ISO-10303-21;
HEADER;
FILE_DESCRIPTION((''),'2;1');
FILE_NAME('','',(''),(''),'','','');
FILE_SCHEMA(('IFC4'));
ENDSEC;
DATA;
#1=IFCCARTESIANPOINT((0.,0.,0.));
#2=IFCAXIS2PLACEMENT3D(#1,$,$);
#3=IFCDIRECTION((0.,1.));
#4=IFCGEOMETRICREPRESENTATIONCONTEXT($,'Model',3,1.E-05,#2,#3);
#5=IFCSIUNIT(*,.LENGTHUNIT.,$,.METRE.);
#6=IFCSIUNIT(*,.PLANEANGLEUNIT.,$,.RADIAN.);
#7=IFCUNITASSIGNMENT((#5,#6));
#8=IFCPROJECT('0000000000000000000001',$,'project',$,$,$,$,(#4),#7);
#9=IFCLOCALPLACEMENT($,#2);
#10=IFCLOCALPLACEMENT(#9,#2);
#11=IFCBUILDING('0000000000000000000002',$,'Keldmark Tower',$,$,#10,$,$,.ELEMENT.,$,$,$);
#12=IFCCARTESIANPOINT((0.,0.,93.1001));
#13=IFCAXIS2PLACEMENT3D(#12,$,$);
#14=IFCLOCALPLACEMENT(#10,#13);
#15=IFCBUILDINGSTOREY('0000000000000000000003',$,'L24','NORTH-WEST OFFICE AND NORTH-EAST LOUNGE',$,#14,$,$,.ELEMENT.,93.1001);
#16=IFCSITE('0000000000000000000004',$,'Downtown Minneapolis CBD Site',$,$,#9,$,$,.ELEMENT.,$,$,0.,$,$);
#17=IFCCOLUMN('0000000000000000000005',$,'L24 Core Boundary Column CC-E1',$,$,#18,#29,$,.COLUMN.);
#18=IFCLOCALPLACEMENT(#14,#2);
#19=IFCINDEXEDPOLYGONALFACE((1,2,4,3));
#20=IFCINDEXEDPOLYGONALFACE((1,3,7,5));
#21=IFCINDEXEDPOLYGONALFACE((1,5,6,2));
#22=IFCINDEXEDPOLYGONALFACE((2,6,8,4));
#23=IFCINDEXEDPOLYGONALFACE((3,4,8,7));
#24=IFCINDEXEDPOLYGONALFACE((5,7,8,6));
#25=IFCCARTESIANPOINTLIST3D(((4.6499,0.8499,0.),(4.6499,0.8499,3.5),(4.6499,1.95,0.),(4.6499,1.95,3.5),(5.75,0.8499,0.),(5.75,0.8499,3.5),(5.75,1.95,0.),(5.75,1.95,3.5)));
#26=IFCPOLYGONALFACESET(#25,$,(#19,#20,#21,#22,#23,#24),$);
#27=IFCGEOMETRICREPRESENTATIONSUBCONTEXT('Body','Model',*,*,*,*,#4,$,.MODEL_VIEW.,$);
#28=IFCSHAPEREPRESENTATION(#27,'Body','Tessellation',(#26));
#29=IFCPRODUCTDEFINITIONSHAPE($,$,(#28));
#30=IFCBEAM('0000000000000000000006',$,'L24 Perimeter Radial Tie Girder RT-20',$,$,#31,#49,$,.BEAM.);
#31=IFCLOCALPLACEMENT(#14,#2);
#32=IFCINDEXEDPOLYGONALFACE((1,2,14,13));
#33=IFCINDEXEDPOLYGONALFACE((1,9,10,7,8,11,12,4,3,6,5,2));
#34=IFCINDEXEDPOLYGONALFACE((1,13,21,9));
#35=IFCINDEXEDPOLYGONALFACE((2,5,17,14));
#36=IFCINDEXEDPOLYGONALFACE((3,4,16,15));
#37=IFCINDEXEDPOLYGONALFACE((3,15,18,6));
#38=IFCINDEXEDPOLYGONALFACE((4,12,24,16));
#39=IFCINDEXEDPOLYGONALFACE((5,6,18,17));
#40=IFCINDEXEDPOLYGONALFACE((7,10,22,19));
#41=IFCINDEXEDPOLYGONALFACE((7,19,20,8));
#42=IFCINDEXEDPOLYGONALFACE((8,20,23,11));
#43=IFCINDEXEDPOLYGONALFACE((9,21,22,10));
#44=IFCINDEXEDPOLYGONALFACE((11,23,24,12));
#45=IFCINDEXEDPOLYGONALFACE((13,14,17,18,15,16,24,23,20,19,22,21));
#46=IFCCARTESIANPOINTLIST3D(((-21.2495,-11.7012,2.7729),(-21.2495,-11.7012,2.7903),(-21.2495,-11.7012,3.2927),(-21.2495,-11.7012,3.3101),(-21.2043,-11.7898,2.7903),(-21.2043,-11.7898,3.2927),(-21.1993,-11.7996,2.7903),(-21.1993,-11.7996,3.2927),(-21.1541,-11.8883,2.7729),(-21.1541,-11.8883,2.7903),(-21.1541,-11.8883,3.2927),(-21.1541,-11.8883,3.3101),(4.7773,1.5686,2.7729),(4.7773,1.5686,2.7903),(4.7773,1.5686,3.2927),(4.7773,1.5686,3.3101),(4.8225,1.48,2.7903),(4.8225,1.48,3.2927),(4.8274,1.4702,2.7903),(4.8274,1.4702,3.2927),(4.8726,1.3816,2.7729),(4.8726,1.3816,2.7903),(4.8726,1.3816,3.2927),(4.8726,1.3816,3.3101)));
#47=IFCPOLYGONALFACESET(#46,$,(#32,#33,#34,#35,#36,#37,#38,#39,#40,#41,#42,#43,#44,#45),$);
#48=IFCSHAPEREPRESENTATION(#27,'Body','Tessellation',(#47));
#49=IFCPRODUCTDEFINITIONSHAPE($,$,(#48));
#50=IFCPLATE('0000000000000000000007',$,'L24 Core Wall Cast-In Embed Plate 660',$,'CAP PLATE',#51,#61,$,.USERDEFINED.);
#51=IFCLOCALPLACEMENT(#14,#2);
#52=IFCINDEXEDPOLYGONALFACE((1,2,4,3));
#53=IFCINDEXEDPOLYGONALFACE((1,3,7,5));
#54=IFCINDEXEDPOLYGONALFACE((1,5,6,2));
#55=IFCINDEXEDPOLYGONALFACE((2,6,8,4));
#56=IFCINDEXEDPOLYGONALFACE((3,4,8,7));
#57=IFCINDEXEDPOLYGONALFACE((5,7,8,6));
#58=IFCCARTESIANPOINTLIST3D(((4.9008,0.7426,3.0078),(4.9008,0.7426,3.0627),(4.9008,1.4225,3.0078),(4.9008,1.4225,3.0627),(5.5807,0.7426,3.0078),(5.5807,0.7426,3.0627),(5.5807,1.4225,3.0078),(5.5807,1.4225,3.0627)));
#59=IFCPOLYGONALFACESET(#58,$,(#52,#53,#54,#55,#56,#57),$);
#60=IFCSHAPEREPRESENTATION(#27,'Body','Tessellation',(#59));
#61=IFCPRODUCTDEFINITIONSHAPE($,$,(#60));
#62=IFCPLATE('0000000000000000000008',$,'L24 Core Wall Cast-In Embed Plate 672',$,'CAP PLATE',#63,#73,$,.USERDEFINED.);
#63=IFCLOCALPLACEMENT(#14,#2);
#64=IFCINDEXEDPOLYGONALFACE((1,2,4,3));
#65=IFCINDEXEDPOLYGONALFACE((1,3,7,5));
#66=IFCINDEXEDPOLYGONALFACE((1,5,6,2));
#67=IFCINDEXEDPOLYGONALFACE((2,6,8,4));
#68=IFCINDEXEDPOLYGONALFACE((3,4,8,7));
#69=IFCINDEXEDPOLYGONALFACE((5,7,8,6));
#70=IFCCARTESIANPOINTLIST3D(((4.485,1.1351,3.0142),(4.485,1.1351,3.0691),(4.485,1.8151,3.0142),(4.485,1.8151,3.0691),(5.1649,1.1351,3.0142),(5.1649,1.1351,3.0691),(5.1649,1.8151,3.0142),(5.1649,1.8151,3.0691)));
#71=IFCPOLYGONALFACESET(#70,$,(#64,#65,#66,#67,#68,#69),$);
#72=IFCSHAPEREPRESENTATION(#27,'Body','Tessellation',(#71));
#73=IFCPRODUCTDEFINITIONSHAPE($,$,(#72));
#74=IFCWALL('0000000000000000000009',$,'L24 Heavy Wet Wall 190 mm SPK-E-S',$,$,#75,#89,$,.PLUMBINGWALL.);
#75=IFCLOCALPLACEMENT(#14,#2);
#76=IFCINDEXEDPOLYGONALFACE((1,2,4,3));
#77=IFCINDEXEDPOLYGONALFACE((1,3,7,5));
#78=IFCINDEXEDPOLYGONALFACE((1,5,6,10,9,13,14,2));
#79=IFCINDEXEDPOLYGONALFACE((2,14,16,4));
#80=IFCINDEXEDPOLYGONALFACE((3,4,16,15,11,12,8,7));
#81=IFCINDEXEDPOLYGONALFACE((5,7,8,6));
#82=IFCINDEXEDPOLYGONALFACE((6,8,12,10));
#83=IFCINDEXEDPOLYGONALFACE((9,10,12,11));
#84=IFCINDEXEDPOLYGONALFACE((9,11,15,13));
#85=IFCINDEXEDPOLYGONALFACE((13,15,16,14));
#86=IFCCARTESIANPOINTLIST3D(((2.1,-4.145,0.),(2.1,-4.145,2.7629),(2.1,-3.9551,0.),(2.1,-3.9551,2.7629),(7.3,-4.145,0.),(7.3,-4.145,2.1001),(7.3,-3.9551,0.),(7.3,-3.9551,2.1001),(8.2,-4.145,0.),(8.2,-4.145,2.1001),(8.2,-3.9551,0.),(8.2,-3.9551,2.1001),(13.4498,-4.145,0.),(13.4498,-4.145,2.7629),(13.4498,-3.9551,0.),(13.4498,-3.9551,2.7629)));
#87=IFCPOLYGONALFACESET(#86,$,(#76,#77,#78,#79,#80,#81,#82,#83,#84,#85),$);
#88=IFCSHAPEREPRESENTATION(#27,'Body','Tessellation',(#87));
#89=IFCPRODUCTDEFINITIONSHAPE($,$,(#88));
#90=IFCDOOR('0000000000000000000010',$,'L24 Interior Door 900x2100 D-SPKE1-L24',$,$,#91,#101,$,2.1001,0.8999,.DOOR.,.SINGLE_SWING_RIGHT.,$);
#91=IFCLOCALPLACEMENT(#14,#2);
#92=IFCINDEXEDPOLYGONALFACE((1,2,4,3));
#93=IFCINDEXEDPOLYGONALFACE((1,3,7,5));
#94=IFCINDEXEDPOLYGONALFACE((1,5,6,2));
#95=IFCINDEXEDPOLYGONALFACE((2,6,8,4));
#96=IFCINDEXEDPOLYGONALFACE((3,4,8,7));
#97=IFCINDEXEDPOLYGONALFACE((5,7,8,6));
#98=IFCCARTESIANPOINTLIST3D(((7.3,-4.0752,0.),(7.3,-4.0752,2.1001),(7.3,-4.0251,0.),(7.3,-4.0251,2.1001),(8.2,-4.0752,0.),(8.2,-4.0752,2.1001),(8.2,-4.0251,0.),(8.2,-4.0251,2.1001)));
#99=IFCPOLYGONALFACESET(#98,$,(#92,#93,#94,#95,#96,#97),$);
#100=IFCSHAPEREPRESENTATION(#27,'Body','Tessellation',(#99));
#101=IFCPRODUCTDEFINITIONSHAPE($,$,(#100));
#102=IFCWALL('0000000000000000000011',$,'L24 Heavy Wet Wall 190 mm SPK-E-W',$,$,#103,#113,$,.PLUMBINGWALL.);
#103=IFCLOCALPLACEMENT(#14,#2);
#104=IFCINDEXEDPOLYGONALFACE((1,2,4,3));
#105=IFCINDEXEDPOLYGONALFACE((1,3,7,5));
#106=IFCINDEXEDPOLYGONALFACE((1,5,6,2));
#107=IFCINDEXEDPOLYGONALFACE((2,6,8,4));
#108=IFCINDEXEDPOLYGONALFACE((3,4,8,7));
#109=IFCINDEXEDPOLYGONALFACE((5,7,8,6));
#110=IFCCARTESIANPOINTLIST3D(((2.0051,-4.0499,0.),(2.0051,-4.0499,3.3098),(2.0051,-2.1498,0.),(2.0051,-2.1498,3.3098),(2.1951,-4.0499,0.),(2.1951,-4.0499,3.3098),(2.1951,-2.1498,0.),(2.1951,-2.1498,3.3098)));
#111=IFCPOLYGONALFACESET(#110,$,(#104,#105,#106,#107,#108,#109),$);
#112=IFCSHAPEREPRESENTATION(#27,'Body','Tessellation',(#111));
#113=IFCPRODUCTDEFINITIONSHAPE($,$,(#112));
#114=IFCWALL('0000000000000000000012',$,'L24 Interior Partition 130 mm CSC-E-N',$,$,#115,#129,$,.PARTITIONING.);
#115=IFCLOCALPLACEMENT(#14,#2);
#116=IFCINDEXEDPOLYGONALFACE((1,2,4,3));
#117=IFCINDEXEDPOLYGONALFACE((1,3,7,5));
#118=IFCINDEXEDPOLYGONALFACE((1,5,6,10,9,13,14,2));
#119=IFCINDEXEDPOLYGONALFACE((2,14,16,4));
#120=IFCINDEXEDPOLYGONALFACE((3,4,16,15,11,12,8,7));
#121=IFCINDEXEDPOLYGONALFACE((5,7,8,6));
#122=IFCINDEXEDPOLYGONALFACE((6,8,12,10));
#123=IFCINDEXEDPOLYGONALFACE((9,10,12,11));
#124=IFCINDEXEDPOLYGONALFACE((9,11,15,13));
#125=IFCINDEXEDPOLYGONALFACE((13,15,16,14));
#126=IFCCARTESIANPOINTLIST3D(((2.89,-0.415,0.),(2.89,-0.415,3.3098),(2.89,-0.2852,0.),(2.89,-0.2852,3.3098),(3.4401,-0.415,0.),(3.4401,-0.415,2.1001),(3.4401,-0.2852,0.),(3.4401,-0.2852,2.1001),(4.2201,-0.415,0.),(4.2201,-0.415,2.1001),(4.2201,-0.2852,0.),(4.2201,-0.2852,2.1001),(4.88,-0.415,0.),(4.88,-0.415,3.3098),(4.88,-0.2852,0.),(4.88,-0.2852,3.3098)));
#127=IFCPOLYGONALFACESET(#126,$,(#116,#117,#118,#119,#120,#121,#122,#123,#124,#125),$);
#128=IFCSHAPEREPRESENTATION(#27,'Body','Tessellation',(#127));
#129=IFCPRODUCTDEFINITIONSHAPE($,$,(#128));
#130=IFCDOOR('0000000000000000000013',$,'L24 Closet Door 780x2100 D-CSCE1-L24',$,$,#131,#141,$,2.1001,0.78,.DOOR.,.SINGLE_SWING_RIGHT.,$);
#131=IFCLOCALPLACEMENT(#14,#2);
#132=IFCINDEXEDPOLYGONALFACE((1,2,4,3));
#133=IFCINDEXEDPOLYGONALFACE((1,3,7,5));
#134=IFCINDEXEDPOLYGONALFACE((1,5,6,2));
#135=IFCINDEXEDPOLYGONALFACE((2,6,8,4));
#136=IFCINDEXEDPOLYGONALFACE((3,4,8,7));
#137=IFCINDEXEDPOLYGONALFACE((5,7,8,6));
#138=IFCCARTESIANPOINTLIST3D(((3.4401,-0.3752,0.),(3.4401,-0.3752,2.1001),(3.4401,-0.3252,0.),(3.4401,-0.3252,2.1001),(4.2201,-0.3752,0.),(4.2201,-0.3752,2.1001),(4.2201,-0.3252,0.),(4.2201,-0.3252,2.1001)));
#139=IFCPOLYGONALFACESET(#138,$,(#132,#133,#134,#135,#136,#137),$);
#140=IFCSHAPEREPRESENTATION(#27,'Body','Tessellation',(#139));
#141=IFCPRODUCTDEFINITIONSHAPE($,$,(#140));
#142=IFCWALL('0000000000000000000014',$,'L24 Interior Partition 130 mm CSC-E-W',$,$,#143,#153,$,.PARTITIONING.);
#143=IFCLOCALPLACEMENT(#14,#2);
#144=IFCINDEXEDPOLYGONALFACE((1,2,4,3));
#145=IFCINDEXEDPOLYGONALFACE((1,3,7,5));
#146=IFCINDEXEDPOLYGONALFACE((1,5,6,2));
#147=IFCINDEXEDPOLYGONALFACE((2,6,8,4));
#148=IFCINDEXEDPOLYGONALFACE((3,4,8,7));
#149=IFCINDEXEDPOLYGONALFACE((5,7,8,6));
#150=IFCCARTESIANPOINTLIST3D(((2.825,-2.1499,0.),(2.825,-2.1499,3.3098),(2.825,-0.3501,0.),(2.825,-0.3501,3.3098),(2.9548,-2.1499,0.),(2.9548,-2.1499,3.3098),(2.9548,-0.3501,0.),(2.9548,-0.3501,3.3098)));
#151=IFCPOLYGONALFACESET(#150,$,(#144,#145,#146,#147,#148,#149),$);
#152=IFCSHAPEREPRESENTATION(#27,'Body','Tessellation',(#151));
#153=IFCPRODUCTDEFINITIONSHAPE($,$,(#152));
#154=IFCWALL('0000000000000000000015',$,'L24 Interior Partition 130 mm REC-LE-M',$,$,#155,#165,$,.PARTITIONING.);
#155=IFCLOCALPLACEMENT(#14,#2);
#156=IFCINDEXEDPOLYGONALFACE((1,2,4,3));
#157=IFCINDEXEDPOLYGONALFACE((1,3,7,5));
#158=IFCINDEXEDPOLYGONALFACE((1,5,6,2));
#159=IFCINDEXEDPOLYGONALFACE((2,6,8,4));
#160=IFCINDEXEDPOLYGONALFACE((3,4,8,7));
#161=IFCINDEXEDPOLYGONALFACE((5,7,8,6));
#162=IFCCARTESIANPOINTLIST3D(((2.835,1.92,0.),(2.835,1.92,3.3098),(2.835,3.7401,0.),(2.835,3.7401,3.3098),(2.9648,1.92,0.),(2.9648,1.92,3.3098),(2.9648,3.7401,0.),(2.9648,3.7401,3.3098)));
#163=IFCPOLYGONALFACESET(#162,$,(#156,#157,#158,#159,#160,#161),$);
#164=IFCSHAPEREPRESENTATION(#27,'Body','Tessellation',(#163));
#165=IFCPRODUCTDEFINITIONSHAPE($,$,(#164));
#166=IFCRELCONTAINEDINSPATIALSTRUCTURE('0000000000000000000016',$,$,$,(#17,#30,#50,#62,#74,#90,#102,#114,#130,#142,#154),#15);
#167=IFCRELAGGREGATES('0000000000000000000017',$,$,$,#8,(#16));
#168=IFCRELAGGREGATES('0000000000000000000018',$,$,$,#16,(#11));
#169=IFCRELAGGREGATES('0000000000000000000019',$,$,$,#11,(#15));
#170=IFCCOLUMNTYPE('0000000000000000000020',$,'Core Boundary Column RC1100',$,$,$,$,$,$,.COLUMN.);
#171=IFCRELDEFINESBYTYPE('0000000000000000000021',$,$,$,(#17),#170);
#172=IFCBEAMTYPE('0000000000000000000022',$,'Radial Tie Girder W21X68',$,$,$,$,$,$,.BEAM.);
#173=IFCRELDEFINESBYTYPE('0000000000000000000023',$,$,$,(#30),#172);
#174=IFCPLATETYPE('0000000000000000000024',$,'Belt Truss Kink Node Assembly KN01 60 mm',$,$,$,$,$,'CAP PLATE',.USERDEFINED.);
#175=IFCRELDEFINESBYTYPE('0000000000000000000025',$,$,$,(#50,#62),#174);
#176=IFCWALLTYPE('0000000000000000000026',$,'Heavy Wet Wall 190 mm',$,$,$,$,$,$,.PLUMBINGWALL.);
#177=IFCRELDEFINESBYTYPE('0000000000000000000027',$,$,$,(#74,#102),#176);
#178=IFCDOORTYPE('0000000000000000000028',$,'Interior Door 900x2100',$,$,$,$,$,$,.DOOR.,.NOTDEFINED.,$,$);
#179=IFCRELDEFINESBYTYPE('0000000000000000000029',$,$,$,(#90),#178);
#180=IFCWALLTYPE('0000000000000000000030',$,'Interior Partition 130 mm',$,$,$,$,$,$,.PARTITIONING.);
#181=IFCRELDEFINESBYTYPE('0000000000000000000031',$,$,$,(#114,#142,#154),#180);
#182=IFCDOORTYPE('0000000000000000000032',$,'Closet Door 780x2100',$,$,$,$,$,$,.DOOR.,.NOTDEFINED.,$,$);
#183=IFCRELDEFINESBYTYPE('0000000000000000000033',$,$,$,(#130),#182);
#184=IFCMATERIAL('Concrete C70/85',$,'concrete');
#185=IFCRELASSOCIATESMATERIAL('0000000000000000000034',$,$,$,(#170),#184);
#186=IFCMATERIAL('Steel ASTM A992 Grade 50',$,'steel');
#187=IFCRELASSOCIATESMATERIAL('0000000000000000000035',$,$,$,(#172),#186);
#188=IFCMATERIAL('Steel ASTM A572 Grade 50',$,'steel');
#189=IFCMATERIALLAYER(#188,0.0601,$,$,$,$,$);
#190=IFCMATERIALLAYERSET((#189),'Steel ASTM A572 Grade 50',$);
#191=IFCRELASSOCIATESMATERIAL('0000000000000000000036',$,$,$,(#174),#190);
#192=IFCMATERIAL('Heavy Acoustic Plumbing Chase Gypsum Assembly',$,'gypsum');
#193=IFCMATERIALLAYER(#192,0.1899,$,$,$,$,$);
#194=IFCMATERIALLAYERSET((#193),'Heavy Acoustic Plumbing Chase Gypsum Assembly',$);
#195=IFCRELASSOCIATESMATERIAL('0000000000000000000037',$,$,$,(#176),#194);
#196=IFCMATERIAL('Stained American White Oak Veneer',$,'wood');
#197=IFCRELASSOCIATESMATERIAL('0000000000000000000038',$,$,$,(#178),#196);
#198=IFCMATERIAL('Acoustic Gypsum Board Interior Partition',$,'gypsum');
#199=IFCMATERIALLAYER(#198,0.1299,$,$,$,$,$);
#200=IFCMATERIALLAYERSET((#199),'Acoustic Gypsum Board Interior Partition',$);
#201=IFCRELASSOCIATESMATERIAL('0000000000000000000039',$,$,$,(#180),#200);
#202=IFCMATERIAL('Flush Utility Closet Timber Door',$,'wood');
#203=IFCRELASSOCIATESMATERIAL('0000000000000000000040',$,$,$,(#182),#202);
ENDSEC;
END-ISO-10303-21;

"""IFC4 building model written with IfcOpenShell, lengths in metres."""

from ifc_helpers import new_model, si_unit, direction, frame, frame_2d, origin, origin_2d, place, context, subcontext, project, spatial, rectangle, i_section, extrude, material, layer, layer_set, material_profile, profile_set, type_object, element, fill, save


model = new_model("IFC4")

# Units and contexts
model_context = context("Model", 3, precision=1e-05, world=origin(), true_north=direction((0.0, 1.0)))
body_context = subcontext(model_context, "Body", "Model", "MODEL_VIEW")
ifc_project = project(units=[si_unit("LENGTHUNIT", "METRE"), si_unit("PLANEANGLEUNIT", "RADIAN")], contexts=[model_context])

# Site, building, storey
site_placement = place(None, origin())
site = spatial("IfcSite", under=ifc_project, at=site_placement, Name="Downtown Minneapolis CBD Site", CompositionType="ELEMENT", RefElevation=0.0)
building_placement = place(site_placement, origin())
building = spatial("IfcBuilding", under=site, at=building_placement, Name="Keldmark Tower", CompositionType="ELEMENT")
storey_placement = place(building_placement, frame((0.0, 0.0, 93.1001)))
storey = spatial("IfcBuildingStorey", under=building, at=storey_placement, Name="L24", Description="NORTH-WEST OFFICE AND NORTH-EAST LOUNGE", CompositionType="ELEMENT", Elevation=93.1001)

# Column
ifc_material_1 = material(Name="Concrete C70/85", Category="concrete")
ifc_material_profile_1 = material_profile(ifc_material_1, rectangle(XDim=1.1001, YDim=1.1001, at=origin_2d()), Name="RC1100X1100")
ifc_profile_set_1 = profile_set([ifc_material_profile_1], Name="Concrete C70/85")
column_type = type_object("IfcColumnType", Name="Core Boundary Column RC1100", PredefinedType="COLUMN", material=ifc_profile_set_1)
column_placement = place(storey_placement, frame((5.2, 1.3999, 0.0), z_axis=(0.0, 0.0, 1.0), x_axis=(1.0, 0.0, 0.0)))
element("IfcColumn", 1, at=column_placement, inside=storey, type_object=column_type, Name="L24 Core Boundary Column CC-E1", PredefinedType="COLUMN", context=body_context, shape_type="SweptSolid", body=[
    extrude(rectangle(XDim=1.1001, YDim=1.1001, at=origin_2d()), origin(), (0.0, 0.0, 1.0), 3.5),
])

# Beam
ifc_material_2 = material(Name="Steel ASTM A992 Grade 50", Category="steel")
ifc_material_profile_2 = material_profile(ifc_material_2, i_section(OverallWidth=0.21, OverallDepth=0.5371, WebThickness=0.011, FlangeThickness=0.0173, at=origin_2d()), Name="W21X68")
ifc_profile_set_2 = profile_set([ifc_material_profile_2], Name="Steel ASTM A992 Grade 50")
beam_type = type_object("IfcBeamType", Name="Radial Tie Girder W21X68", PredefinedType="BEAM", material=ifc_profile_set_2)
beam_placement = place(storey_placement, frame((4.825, 1.4751, 3.0415), z_axis=(-0.890888, -0.454223, 0.0), x_axis=(0.454223, -0.890888, 0.0)))
element("IfcBeam", 2, at=beam_placement, inside=storey, type_object=beam_type, Name="L24 Perimeter Radial Tie Girder RT-20", PredefinedType="BEAM", context=body_context, shape_type="SweptSolid", body=[
    extrude(i_section(OverallWidth=0.21, OverallDepth=0.5371, WebThickness=0.011, FlangeThickness=0.0173, at=origin_2d()), origin(), (0.0, 0.0, 1.0), 29.2144),
])

# Plates
ifc_material_3 = material(Name="Steel ASTM A572 Grade 50", Category="steel")
ifc_layer_1 = layer(ifc_material_3, 0.0601)
ifc_layer_set_1 = layer_set([ifc_layer_1], Name="Steel ASTM A572 Grade 50")
plate_type = type_object("IfcPlateType", Name="Belt Truss Kink Node Assembly KN01 60 mm", ElementType="CAP PLATE", PredefinedType="USERDEFINED", material=ifc_layer_set_1)
for number, where, z_axis, x_axis, name in (
    (3, (5.2407, 1.0825, 3.0078), (0.0, 0.0, 1.0), (1.0, 0.0, 0.0), "L24 Core Wall Cast-In Embed Plate 660"),
    (4, (4.825, 1.4751, 3.0142), (0.0, 0.0, 1.0), (1.0, 0.0, 0.0), "L24 Core Wall Cast-In Embed Plate 672"),
):
    element("IfcPlate", number, at=place(storey_placement, frame(where, z_axis=z_axis, x_axis=x_axis)), inside=storey, type_object=plate_type, Name=name, ObjectType="CAP PLATE", PredefinedType="USERDEFINED", context=body_context, shape_type="SweptSolid", body=[
        extrude(rectangle(XDim=0.6799, YDim=0.6799, at=origin_2d()), origin(), (0.0, 0.0, 1.0), 0.0549),
    ])

# Wall, opening, door
ifc_material_4 = material(Name="Heavy Acoustic Plumbing Chase Gypsum Assembly", Category="gypsum")
ifc_layer_2 = layer(ifc_material_4, 0.1899)
ifc_layer_set_2 = layer_set([ifc_layer_2], Name="Heavy Acoustic Plumbing Chase Gypsum Assembly")
wall_type_1 = type_object("IfcWallType", Name="Heavy Wet Wall 190 mm", PredefinedType="PLUMBINGWALL", material=ifc_layer_set_2)
wall_1_placement = place(storey_placement, frame((2.1001, -4.05, 0.0), z_axis=(0.0, 0.0, 1.0), x_axis=(1.0, 0.0, 0.0)))
wall_1 = element("IfcWall", 5, at=wall_1_placement, inside=storey, type_object=wall_type_1, Name="L24 Heavy Wet Wall 190 mm SPK-E-S", PredefinedType="PLUMBINGWALL", context=body_context, shape_type="SweptSolid", body=[
    extrude(rectangle(XDim=11.3499, YDim=0.1899, at=frame_2d((5.6748, 0.0))), origin(), (0.0, 0.0, 1.0), 2.7629),
])
opening_1_placement = place(wall_1_placement, frame((5.2, 0.0, 0.0)))
opening_1 = element("IfcOpeningElement", 6, at=opening_1_placement, cuts=wall_1, PredefinedType="OPENING", context=body_context, shape_type="SweptSolid", body=[
    extrude(rectangle(XDim=0.8999, YDim=2.1001, at=frame_2d((0.45, 1.05))), frame((0.0, 0.105, 0.0), z_axis=(0.0, -1.0, 0.0), x_axis=(1.0, 0.0, 0.0)), (0.0, 0.0, 1.0), 0.21),
])
ifc_material_5 = material(Name="Stained American White Oak Veneer", Category="wood")
door_type_1 = type_object("IfcDoorType", Name="Interior Door 900x2100", OperationType="NOTDEFINED", PredefinedType="DOOR", material=ifc_material_5)
door_1_placement = place(opening_1_placement, origin())
door_1 = element("IfcDoor", 7, at=door_1_placement, inside=storey, type_object=door_type_1, Name="L24 Interior Door 900x2100 D-SPKE1-L24", OperationType="SINGLE_SWING_RIGHT", OverallHeight=2.1001, OverallWidth=0.8999, PredefinedType="DOOR", context=body_context, shape_type="SweptSolid", body=[
    extrude(rectangle(XDim=0.8999, YDim=2.1001, at=frame_2d((0.45, 1.05))), frame((0.0, 0.0249, 0.0), z_axis=(0.0, -1.0, 0.0), x_axis=(1.0, 0.0, 0.0)), (0.0, 0.0, 1.0), 0.05),
])
fill(opening_1, door_1)

# Wall
wall_2_placement = place(storey_placement, frame((2.1001, -4.05, 0.0), z_axis=(0.0, 0.0, 1.0), x_axis=(0.0, 1.0, 0.0)))
element("IfcWall", 8, at=wall_2_placement, inside=storey, type_object=wall_type_1, Name="L24 Heavy Wet Wall 190 mm SPK-E-W", PredefinedType="PLUMBINGWALL", context=body_context, shape_type="SweptSolid", body=[
    extrude(rectangle(XDim=1.9001, YDim=0.1899, at=frame_2d((0.9502, 0.0))), origin(), (0.0, 0.0, 1.0), 3.3098),
])

# Wall, opening, door
ifc_material_6 = material(Name="Acoustic Gypsum Board Interior Partition", Category="gypsum")
ifc_layer_3 = layer(ifc_material_6, 0.1299)
ifc_layer_set_3 = layer_set([ifc_layer_3], Name="Acoustic Gypsum Board Interior Partition")
wall_type_2 = type_object("IfcWallType", Name="Interior Partition 130 mm", PredefinedType="PARTITIONING", material=ifc_layer_set_3)
wall_3_placement = place(storey_placement, frame((2.8899, -0.3501, 0.0), z_axis=(0.0, 0.0, 1.0), x_axis=(1.0, 0.0, 0.0)))
wall_3 = element("IfcWall", 9, at=wall_3_placement, inside=storey, type_object=wall_type_2, Name="L24 Interior Partition 130 mm CSC-E-N", PredefinedType="PARTITIONING", context=body_context, shape_type="SweptSolid", body=[
    extrude(rectangle(XDim=1.99, YDim=0.1299, at=frame_2d((0.9951, 0.0))), origin(), (0.0, 0.0, 1.0), 3.3098),
])
opening_2_placement = place(wall_3_placement, frame((0.55, 0.0, 0.0)))
opening_2 = element("IfcOpeningElement", 10, at=opening_2_placement, cuts=wall_3, PredefinedType="OPENING", context=body_context, shape_type="SweptSolid", body=[
    extrude(rectangle(XDim=0.78, YDim=2.1001, at=frame_2d((0.3901, 1.05))), frame((0.0, 0.075, 0.0), z_axis=(0.0, -1.0, 0.0), x_axis=(1.0, 0.0, 0.0)), (0.0, 0.0, 1.0), 0.1499),
])
ifc_material_7 = material(Name="Flush Utility Closet Timber Door", Category="wood")
door_type_2 = type_object("IfcDoorType", Name="Closet Door 780x2100", OperationType="NOTDEFINED", PredefinedType="DOOR", material=ifc_material_7)
door_2_placement = place(opening_2_placement, origin())
door_2 = element("IfcDoor", 11, at=door_2_placement, inside=storey, type_object=door_type_2, Name="L24 Closet Door 780x2100 D-CSCE1-L24", OperationType="SINGLE_SWING_RIGHT", OverallHeight=2.1001, OverallWidth=0.78, PredefinedType="DOOR", context=body_context, shape_type="SweptSolid", body=[
    extrude(rectangle(XDim=0.78, YDim=2.1001, at=frame_2d((0.3901, 1.05))), frame((0.0, 0.0249, 0.0), z_axis=(0.0, -1.0, 0.0), x_axis=(1.0, 0.0, 0.0)), (0.0, 0.0, 1.0), 0.05),
])
fill(opening_2, door_2)

# Walls
wall_4_placement = place(storey_placement, frame((2.8899, -2.1499, 0.0), z_axis=(0.0, 0.0, 1.0), x_axis=(0.0, 1.0, 0.0)))
element("IfcWall", 12, at=wall_4_placement, inside=storey, type_object=wall_type_2, Name="L24 Interior Partition 130 mm CSC-E-W", PredefinedType="PARTITIONING", context=body_context, shape_type="SweptSolid", body=[
    extrude(rectangle(XDim=1.7998, YDim=0.1299, at=frame_2d((0.8999, 0.0))), origin(), (0.0, 0.0, 1.0), 3.3098),
])
wall_5_placement = place(storey_placement, frame((2.8999, 1.9199, 0.0), z_axis=(0.0, 0.0, 1.0), x_axis=(0.0, 1.0, 0.0)))
element("IfcWall", 13, at=wall_5_placement, inside=storey, type_object=wall_type_2, Name="L24 Interior Partition 130 mm REC-LE-M", PredefinedType="PARTITIONING", context=body_context, shape_type="SweptSolid", body=[
    extrude(rectangle(XDim=1.8201, YDim=0.1299, at=frame_2d((0.9102, 0.0))), origin(), (0.0, 0.0, 1.0), 3.3098),
])

save(model, "model.ifc")
